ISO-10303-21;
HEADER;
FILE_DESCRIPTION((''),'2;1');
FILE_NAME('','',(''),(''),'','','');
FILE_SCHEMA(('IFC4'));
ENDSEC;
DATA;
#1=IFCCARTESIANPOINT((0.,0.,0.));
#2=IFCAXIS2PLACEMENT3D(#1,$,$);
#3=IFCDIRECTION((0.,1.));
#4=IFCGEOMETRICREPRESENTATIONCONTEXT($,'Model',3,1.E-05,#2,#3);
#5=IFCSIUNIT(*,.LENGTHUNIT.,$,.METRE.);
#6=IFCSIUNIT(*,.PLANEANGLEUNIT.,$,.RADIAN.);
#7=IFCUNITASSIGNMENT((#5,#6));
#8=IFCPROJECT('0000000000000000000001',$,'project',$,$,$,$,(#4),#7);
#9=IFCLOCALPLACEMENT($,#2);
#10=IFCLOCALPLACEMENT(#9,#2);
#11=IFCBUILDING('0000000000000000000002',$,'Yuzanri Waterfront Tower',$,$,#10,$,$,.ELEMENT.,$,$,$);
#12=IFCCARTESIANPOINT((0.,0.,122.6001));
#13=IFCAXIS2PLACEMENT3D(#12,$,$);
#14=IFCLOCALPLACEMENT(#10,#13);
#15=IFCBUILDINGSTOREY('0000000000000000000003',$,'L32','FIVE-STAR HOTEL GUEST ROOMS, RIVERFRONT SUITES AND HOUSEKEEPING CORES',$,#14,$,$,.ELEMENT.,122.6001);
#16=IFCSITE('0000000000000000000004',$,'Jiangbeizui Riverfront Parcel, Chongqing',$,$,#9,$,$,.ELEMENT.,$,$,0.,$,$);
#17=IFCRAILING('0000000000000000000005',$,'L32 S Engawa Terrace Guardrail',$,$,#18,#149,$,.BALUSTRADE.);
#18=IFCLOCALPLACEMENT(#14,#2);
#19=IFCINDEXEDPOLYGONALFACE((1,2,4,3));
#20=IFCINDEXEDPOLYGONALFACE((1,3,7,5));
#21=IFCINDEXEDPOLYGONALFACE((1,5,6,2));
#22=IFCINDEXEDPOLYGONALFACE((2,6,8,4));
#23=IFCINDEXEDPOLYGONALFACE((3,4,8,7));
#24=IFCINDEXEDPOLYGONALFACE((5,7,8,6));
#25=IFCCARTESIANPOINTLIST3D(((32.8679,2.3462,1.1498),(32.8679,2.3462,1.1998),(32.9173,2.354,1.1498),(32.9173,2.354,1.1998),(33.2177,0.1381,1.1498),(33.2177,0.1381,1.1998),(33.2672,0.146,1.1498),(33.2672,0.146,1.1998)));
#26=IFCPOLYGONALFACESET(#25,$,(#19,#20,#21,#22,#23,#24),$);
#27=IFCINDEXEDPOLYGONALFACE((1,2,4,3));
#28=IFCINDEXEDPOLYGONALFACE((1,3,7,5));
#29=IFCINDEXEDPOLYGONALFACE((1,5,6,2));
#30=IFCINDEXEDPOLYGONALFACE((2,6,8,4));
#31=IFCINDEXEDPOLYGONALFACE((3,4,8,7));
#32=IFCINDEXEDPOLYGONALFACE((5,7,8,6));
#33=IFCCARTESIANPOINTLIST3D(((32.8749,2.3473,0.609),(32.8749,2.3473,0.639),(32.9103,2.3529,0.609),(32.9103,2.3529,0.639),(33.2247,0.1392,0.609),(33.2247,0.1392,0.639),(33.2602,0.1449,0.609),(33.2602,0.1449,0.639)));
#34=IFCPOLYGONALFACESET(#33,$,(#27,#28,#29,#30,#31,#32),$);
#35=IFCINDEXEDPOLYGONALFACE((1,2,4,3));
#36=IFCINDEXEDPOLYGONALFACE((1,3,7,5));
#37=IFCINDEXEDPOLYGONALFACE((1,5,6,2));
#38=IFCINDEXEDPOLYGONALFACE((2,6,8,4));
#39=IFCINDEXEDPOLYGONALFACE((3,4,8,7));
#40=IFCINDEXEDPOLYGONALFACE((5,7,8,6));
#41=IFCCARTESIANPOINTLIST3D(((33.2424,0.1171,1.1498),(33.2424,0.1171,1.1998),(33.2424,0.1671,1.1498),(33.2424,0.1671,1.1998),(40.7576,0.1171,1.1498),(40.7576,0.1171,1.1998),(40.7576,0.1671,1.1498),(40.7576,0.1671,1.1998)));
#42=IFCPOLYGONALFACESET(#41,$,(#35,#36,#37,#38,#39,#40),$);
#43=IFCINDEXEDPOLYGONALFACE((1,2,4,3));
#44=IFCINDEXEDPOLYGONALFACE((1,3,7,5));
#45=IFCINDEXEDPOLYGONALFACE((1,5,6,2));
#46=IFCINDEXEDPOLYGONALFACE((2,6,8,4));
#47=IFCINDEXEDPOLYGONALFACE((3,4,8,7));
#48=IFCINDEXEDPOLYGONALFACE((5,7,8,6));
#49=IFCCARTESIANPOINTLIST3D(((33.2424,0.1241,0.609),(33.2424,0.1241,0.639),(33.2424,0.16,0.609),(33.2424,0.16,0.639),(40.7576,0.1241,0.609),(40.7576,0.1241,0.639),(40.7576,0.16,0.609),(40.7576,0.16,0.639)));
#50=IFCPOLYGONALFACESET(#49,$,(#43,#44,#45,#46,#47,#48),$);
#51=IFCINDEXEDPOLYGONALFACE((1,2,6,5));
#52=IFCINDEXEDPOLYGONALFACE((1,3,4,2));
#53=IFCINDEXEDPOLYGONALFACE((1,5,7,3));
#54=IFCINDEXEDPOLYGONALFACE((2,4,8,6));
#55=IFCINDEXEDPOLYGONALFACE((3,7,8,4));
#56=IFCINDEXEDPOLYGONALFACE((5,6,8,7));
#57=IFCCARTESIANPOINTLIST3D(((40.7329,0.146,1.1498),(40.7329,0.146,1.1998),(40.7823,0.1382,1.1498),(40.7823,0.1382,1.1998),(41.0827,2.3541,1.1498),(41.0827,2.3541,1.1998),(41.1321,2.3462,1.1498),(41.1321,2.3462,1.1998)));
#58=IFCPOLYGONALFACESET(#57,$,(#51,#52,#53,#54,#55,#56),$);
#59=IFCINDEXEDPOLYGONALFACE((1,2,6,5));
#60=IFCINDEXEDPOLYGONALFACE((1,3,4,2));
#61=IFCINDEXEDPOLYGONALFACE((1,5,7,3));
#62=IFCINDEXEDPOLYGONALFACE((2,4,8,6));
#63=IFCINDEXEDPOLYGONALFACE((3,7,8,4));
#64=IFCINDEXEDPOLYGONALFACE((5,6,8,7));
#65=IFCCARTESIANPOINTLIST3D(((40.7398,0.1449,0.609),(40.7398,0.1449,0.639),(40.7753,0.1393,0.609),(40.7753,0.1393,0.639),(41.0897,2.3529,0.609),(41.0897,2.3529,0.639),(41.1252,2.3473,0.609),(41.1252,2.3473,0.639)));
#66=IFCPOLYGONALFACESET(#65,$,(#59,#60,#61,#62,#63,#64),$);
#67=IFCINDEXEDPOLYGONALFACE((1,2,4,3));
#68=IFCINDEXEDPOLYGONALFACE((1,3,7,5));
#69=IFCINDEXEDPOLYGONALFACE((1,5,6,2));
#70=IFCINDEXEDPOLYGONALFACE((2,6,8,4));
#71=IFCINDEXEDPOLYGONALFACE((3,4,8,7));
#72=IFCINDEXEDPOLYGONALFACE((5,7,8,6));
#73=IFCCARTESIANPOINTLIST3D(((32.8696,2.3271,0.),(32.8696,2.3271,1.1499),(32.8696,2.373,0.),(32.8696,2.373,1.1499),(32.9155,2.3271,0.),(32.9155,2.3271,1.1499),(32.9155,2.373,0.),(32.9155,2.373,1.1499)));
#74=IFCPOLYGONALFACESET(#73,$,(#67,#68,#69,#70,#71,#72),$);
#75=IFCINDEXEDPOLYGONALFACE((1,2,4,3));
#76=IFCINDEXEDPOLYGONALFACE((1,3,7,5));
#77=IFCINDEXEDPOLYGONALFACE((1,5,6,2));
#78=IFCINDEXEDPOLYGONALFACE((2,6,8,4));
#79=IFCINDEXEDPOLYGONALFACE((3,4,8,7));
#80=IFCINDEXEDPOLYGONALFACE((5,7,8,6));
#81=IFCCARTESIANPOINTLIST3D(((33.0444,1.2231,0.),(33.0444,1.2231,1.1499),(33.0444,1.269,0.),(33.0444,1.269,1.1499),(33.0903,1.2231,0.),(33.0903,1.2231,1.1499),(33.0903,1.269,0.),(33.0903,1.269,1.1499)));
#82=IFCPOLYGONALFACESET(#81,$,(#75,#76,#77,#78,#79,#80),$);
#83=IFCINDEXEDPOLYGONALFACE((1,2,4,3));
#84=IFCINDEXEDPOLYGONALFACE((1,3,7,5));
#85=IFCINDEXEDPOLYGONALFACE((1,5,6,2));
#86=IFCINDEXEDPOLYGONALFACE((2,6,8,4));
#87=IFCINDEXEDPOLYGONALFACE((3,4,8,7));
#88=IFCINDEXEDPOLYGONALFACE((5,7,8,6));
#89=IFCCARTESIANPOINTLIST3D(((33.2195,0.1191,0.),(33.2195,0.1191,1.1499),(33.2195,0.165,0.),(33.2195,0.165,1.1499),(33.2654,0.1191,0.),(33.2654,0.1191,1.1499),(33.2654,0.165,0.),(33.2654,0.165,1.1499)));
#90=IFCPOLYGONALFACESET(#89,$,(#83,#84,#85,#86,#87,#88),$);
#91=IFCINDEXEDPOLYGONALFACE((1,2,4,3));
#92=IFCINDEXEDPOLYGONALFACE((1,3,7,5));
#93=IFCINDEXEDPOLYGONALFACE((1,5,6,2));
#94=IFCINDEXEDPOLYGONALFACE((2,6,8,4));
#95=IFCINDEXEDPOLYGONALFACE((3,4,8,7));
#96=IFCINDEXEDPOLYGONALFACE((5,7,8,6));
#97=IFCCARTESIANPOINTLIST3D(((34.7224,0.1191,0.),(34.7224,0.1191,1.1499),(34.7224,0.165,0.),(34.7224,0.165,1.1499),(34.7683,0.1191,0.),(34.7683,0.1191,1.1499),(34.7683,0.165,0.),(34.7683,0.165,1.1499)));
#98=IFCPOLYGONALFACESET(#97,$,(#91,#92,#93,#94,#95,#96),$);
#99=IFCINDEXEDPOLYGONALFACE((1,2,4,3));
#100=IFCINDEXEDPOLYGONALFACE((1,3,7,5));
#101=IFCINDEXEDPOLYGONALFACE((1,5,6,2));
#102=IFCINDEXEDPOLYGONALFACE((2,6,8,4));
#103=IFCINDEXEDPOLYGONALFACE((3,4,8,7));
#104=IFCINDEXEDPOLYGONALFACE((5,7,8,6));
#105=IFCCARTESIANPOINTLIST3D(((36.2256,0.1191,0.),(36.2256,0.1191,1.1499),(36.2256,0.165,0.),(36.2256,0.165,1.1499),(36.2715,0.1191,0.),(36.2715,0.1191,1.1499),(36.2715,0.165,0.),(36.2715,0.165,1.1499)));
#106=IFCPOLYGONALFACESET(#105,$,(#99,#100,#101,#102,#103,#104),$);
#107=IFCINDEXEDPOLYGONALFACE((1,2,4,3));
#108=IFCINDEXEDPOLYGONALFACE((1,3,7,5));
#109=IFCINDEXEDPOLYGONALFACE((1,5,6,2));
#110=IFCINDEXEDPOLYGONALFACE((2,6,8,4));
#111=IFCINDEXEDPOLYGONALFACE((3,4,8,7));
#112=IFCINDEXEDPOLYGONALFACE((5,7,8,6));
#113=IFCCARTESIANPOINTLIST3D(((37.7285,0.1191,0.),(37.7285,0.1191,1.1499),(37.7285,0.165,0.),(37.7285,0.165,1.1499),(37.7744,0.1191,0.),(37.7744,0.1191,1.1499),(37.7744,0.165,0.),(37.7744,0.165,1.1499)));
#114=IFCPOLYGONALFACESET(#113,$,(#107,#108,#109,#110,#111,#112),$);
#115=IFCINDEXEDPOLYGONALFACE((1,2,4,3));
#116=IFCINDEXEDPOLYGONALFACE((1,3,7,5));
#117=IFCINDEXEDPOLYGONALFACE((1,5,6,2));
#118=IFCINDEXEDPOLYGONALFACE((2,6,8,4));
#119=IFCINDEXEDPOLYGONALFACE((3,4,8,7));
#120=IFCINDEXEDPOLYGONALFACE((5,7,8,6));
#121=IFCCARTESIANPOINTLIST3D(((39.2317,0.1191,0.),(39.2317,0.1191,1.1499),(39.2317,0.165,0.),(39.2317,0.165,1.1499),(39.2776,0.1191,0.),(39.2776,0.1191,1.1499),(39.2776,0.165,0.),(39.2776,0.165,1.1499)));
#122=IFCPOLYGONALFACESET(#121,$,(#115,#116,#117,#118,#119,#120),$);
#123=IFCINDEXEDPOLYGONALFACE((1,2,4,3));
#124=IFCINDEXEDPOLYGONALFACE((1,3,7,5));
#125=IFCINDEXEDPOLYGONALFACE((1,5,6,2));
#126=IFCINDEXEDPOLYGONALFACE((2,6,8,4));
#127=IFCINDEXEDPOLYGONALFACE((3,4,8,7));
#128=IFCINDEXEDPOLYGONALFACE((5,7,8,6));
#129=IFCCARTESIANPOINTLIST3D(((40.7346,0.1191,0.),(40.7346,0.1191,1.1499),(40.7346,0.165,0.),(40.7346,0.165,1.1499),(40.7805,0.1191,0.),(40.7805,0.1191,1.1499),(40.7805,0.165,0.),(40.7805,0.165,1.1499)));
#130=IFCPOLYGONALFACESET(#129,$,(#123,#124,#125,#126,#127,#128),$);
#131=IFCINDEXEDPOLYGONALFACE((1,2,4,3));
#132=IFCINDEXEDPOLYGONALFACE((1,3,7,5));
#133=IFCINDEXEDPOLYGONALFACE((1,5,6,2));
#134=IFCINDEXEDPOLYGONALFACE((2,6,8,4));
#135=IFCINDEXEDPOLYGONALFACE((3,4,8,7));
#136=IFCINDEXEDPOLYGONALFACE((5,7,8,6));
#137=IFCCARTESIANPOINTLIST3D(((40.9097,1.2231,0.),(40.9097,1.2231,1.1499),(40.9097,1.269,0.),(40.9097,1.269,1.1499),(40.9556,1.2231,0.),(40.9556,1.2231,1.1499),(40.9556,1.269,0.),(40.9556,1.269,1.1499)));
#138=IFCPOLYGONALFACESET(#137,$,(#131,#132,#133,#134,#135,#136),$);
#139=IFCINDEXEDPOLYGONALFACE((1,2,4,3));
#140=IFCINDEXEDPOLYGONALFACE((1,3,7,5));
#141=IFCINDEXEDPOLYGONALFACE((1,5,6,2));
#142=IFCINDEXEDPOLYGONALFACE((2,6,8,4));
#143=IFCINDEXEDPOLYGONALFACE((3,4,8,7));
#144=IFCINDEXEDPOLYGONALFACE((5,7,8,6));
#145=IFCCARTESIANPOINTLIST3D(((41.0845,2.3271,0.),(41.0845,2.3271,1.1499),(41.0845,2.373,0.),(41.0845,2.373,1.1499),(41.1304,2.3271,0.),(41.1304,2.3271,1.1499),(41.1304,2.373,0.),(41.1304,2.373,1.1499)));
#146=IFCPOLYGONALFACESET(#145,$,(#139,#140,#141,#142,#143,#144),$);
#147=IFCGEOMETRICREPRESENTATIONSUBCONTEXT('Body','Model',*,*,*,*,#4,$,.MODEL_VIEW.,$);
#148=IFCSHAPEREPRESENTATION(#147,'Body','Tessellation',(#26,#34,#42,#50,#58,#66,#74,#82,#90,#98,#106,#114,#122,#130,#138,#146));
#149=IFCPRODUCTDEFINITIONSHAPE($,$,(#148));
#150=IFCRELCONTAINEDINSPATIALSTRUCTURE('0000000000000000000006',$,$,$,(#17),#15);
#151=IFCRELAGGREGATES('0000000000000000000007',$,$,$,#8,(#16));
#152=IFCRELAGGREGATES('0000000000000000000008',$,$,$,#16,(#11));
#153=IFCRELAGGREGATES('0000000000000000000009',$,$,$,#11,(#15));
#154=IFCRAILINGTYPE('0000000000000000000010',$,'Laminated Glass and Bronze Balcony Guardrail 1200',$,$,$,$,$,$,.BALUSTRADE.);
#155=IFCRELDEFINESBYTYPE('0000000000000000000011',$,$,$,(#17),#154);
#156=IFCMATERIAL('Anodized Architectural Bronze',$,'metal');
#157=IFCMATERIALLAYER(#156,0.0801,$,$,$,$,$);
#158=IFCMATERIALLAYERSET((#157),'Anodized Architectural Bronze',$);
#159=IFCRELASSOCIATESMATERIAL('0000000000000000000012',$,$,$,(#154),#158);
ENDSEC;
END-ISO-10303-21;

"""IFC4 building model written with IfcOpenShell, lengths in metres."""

from ifc_helpers import new_model, si_unit, direction, frame, origin, origin_2d, place, context, subcontext, project, spatial, rectangle, extrude, source, transform, mapped, material, layer, layer_set, type_object, element, save


model = new_model("IFC4")

# Units and contexts
model_context = context("Model", 3, precision=1e-05, world=origin(), true_north=direction((0.0, 1.0)))
body_context = subcontext(model_context, "Body", "Model", "MODEL_VIEW")
ifc_project = project(units=[si_unit("LENGTHUNIT", "METRE"), si_unit("PLANEANGLEUNIT", "RADIAN")], contexts=[model_context])

# Site, building, storey
site_placement = place(None, origin())
site = spatial("IfcSite", under=ifc_project, at=site_placement, Name="Jiangbeizui Riverfront Parcel, Chongqing", CompositionType="ELEMENT", RefElevation=0.0)
building_placement = place(site_placement, origin())
building = spatial("IfcBuilding", under=site, at=building_placement, Name="Yuzanri Waterfront Tower", CompositionType="ELEMENT")
storey_placement = place(building_placement, frame((0.0, 0.0, 122.6001)))
storey = spatial("IfcBuildingStorey", under=building, at=storey_placement, Name="L32", Description="FIVE-STAR HOTEL GUEST ROOMS, RIVERFRONT SUITES AND HOUSEKEEPING CORES", CompositionType="ELEMENT", Elevation=122.6001)

# Railing
ifc_material_1 = material(Name="Anodized Architectural Bronze", Category="metal")
ifc_layer_1 = layer(ifc_material_1, 0.0801)
ifc_layer_set_1 = layer_set([ifc_layer_1], Name="Anodized Architectural Bronze")
railing_type = type_object("IfcRailingType", Name="Laminated Glass and Bronze Balcony Guardrail 1200", PredefinedType="BALUSTRADE", material=ifc_layer_set_1)
shared_shape_1 = source(origin(), body_context, "Body", "SweptSolid", [
    extrude(rectangle(XDim=0.05, YDim=0.05, at=origin_2d()), frame((0.0, 0.0, 1.1748), z_axis=(0.156495, -0.987679, 0.0), x_axis=(0.987679, 0.156495, 0.0)), (0.0, 0.0, 1.0), 2.2356),
    extrude(rectangle(XDim=0.0359, YDim=0.03, at=origin_2d()), frame((0.0, 0.0, 0.624), z_axis=(0.156495, -0.987679, 0.0), x_axis=(0.987679, 0.156495, 0.0)), (0.0, 0.0, 1.0), 2.2356),
    extrude(rectangle(XDim=0.05, YDim=0.05, at=origin_2d()), frame((0.3499, -2.208, 1.1748), z_axis=(1.0, 0.0, 0.0), x_axis=(0.0, 1.0, 0.0)), (0.0, 0.0, 1.0), 7.5151),
    extrude(rectangle(XDim=0.0359, YDim=0.03, at=origin_2d()), frame((0.3499, -2.208, 0.624), z_axis=(1.0, 0.0, 0.0), x_axis=(0.0, 1.0, 0.0)), (0.0, 0.0, 1.0), 7.5151),
    extrude(rectangle(XDim=0.05, YDim=0.05, at=origin_2d()), frame((7.865, -2.208, 1.1748), z_axis=(0.156495, 0.987679, 0.0), x_axis=(-0.987679, 0.156495, 0.0)), (0.0, 0.0, 1.0), 2.2356),
    extrude(rectangle(XDim=0.0359, YDim=0.03, at=origin_2d()), frame((7.865, -2.208, 0.624), z_axis=(0.156495, 0.987679, 0.0), x_axis=(-0.987679, 0.156495, 0.0)), (0.0, 0.0, 1.0), 2.2356),
    extrude(rectangle(XDim=0.0459, YDim=0.0459, at=origin_2d()), origin(), (0.0, 0.0, 1.0), 1.1499),
    extrude(rectangle(XDim=0.0459, YDim=0.0459, at=origin_2d()), frame((0.1748, -1.104, 0.0)), (0.0, 0.0, 1.0), 1.1499),
    extrude(rectangle(XDim=0.0459, YDim=0.0459, at=origin_2d()), frame((0.3499, -2.208, 0.0)), (0.0, 0.0, 1.0), 1.1499),
    extrude(rectangle(XDim=0.0459, YDim=0.0459, at=origin_2d()), frame((1.8528, -2.208, 0.0)), (0.0, 0.0, 1.0), 1.1499),
    extrude(rectangle(XDim=0.0459, YDim=0.0459, at=origin_2d()), frame((3.356, -2.208, 0.0)), (0.0, 0.0, 1.0), 1.1499),
    extrude(rectangle(XDim=0.0459, YDim=0.0459, at=origin_2d()), frame((4.8589, -2.208, 0.0)), (0.0, 0.0, 1.0), 1.1499),
    extrude(rectangle(XDim=0.0459, YDim=0.0459, at=origin_2d()), frame((6.3621, -2.208, 0.0)), (0.0, 0.0, 1.0), 1.1499),
    extrude(rectangle(XDim=0.0459, YDim=0.0459, at=origin_2d()), frame((7.865, -2.208, 0.0)), (0.0, 0.0, 1.0), 1.1499),
    extrude(rectangle(XDim=0.0459, YDim=0.0459, at=origin_2d()), frame((8.04, -1.104, 0.0)), (0.0, 0.0, 1.0), 1.1499),
    extrude(rectangle(XDim=0.0459, YDim=0.0459, at=origin_2d()), frame((8.2148, 0.0, 0.0)), (0.0, 0.0, 1.0), 1.1499),
])
railing_placement = place(storey_placement, frame((32.8926, 2.3501, 0.0)))
element("IfcRailing", 1, at=railing_placement, inside=storey, type_object=railing_type, Name="L32 S Engawa Terrace Guardrail", PredefinedType="BALUSTRADE", context=body_context, shape_type="MappedRepresentation", body=[
    mapped(shared_shape_1, transform((0.0, 0.0, 0.0), scale=1.0)),
])

save(model, "model.ifc")
